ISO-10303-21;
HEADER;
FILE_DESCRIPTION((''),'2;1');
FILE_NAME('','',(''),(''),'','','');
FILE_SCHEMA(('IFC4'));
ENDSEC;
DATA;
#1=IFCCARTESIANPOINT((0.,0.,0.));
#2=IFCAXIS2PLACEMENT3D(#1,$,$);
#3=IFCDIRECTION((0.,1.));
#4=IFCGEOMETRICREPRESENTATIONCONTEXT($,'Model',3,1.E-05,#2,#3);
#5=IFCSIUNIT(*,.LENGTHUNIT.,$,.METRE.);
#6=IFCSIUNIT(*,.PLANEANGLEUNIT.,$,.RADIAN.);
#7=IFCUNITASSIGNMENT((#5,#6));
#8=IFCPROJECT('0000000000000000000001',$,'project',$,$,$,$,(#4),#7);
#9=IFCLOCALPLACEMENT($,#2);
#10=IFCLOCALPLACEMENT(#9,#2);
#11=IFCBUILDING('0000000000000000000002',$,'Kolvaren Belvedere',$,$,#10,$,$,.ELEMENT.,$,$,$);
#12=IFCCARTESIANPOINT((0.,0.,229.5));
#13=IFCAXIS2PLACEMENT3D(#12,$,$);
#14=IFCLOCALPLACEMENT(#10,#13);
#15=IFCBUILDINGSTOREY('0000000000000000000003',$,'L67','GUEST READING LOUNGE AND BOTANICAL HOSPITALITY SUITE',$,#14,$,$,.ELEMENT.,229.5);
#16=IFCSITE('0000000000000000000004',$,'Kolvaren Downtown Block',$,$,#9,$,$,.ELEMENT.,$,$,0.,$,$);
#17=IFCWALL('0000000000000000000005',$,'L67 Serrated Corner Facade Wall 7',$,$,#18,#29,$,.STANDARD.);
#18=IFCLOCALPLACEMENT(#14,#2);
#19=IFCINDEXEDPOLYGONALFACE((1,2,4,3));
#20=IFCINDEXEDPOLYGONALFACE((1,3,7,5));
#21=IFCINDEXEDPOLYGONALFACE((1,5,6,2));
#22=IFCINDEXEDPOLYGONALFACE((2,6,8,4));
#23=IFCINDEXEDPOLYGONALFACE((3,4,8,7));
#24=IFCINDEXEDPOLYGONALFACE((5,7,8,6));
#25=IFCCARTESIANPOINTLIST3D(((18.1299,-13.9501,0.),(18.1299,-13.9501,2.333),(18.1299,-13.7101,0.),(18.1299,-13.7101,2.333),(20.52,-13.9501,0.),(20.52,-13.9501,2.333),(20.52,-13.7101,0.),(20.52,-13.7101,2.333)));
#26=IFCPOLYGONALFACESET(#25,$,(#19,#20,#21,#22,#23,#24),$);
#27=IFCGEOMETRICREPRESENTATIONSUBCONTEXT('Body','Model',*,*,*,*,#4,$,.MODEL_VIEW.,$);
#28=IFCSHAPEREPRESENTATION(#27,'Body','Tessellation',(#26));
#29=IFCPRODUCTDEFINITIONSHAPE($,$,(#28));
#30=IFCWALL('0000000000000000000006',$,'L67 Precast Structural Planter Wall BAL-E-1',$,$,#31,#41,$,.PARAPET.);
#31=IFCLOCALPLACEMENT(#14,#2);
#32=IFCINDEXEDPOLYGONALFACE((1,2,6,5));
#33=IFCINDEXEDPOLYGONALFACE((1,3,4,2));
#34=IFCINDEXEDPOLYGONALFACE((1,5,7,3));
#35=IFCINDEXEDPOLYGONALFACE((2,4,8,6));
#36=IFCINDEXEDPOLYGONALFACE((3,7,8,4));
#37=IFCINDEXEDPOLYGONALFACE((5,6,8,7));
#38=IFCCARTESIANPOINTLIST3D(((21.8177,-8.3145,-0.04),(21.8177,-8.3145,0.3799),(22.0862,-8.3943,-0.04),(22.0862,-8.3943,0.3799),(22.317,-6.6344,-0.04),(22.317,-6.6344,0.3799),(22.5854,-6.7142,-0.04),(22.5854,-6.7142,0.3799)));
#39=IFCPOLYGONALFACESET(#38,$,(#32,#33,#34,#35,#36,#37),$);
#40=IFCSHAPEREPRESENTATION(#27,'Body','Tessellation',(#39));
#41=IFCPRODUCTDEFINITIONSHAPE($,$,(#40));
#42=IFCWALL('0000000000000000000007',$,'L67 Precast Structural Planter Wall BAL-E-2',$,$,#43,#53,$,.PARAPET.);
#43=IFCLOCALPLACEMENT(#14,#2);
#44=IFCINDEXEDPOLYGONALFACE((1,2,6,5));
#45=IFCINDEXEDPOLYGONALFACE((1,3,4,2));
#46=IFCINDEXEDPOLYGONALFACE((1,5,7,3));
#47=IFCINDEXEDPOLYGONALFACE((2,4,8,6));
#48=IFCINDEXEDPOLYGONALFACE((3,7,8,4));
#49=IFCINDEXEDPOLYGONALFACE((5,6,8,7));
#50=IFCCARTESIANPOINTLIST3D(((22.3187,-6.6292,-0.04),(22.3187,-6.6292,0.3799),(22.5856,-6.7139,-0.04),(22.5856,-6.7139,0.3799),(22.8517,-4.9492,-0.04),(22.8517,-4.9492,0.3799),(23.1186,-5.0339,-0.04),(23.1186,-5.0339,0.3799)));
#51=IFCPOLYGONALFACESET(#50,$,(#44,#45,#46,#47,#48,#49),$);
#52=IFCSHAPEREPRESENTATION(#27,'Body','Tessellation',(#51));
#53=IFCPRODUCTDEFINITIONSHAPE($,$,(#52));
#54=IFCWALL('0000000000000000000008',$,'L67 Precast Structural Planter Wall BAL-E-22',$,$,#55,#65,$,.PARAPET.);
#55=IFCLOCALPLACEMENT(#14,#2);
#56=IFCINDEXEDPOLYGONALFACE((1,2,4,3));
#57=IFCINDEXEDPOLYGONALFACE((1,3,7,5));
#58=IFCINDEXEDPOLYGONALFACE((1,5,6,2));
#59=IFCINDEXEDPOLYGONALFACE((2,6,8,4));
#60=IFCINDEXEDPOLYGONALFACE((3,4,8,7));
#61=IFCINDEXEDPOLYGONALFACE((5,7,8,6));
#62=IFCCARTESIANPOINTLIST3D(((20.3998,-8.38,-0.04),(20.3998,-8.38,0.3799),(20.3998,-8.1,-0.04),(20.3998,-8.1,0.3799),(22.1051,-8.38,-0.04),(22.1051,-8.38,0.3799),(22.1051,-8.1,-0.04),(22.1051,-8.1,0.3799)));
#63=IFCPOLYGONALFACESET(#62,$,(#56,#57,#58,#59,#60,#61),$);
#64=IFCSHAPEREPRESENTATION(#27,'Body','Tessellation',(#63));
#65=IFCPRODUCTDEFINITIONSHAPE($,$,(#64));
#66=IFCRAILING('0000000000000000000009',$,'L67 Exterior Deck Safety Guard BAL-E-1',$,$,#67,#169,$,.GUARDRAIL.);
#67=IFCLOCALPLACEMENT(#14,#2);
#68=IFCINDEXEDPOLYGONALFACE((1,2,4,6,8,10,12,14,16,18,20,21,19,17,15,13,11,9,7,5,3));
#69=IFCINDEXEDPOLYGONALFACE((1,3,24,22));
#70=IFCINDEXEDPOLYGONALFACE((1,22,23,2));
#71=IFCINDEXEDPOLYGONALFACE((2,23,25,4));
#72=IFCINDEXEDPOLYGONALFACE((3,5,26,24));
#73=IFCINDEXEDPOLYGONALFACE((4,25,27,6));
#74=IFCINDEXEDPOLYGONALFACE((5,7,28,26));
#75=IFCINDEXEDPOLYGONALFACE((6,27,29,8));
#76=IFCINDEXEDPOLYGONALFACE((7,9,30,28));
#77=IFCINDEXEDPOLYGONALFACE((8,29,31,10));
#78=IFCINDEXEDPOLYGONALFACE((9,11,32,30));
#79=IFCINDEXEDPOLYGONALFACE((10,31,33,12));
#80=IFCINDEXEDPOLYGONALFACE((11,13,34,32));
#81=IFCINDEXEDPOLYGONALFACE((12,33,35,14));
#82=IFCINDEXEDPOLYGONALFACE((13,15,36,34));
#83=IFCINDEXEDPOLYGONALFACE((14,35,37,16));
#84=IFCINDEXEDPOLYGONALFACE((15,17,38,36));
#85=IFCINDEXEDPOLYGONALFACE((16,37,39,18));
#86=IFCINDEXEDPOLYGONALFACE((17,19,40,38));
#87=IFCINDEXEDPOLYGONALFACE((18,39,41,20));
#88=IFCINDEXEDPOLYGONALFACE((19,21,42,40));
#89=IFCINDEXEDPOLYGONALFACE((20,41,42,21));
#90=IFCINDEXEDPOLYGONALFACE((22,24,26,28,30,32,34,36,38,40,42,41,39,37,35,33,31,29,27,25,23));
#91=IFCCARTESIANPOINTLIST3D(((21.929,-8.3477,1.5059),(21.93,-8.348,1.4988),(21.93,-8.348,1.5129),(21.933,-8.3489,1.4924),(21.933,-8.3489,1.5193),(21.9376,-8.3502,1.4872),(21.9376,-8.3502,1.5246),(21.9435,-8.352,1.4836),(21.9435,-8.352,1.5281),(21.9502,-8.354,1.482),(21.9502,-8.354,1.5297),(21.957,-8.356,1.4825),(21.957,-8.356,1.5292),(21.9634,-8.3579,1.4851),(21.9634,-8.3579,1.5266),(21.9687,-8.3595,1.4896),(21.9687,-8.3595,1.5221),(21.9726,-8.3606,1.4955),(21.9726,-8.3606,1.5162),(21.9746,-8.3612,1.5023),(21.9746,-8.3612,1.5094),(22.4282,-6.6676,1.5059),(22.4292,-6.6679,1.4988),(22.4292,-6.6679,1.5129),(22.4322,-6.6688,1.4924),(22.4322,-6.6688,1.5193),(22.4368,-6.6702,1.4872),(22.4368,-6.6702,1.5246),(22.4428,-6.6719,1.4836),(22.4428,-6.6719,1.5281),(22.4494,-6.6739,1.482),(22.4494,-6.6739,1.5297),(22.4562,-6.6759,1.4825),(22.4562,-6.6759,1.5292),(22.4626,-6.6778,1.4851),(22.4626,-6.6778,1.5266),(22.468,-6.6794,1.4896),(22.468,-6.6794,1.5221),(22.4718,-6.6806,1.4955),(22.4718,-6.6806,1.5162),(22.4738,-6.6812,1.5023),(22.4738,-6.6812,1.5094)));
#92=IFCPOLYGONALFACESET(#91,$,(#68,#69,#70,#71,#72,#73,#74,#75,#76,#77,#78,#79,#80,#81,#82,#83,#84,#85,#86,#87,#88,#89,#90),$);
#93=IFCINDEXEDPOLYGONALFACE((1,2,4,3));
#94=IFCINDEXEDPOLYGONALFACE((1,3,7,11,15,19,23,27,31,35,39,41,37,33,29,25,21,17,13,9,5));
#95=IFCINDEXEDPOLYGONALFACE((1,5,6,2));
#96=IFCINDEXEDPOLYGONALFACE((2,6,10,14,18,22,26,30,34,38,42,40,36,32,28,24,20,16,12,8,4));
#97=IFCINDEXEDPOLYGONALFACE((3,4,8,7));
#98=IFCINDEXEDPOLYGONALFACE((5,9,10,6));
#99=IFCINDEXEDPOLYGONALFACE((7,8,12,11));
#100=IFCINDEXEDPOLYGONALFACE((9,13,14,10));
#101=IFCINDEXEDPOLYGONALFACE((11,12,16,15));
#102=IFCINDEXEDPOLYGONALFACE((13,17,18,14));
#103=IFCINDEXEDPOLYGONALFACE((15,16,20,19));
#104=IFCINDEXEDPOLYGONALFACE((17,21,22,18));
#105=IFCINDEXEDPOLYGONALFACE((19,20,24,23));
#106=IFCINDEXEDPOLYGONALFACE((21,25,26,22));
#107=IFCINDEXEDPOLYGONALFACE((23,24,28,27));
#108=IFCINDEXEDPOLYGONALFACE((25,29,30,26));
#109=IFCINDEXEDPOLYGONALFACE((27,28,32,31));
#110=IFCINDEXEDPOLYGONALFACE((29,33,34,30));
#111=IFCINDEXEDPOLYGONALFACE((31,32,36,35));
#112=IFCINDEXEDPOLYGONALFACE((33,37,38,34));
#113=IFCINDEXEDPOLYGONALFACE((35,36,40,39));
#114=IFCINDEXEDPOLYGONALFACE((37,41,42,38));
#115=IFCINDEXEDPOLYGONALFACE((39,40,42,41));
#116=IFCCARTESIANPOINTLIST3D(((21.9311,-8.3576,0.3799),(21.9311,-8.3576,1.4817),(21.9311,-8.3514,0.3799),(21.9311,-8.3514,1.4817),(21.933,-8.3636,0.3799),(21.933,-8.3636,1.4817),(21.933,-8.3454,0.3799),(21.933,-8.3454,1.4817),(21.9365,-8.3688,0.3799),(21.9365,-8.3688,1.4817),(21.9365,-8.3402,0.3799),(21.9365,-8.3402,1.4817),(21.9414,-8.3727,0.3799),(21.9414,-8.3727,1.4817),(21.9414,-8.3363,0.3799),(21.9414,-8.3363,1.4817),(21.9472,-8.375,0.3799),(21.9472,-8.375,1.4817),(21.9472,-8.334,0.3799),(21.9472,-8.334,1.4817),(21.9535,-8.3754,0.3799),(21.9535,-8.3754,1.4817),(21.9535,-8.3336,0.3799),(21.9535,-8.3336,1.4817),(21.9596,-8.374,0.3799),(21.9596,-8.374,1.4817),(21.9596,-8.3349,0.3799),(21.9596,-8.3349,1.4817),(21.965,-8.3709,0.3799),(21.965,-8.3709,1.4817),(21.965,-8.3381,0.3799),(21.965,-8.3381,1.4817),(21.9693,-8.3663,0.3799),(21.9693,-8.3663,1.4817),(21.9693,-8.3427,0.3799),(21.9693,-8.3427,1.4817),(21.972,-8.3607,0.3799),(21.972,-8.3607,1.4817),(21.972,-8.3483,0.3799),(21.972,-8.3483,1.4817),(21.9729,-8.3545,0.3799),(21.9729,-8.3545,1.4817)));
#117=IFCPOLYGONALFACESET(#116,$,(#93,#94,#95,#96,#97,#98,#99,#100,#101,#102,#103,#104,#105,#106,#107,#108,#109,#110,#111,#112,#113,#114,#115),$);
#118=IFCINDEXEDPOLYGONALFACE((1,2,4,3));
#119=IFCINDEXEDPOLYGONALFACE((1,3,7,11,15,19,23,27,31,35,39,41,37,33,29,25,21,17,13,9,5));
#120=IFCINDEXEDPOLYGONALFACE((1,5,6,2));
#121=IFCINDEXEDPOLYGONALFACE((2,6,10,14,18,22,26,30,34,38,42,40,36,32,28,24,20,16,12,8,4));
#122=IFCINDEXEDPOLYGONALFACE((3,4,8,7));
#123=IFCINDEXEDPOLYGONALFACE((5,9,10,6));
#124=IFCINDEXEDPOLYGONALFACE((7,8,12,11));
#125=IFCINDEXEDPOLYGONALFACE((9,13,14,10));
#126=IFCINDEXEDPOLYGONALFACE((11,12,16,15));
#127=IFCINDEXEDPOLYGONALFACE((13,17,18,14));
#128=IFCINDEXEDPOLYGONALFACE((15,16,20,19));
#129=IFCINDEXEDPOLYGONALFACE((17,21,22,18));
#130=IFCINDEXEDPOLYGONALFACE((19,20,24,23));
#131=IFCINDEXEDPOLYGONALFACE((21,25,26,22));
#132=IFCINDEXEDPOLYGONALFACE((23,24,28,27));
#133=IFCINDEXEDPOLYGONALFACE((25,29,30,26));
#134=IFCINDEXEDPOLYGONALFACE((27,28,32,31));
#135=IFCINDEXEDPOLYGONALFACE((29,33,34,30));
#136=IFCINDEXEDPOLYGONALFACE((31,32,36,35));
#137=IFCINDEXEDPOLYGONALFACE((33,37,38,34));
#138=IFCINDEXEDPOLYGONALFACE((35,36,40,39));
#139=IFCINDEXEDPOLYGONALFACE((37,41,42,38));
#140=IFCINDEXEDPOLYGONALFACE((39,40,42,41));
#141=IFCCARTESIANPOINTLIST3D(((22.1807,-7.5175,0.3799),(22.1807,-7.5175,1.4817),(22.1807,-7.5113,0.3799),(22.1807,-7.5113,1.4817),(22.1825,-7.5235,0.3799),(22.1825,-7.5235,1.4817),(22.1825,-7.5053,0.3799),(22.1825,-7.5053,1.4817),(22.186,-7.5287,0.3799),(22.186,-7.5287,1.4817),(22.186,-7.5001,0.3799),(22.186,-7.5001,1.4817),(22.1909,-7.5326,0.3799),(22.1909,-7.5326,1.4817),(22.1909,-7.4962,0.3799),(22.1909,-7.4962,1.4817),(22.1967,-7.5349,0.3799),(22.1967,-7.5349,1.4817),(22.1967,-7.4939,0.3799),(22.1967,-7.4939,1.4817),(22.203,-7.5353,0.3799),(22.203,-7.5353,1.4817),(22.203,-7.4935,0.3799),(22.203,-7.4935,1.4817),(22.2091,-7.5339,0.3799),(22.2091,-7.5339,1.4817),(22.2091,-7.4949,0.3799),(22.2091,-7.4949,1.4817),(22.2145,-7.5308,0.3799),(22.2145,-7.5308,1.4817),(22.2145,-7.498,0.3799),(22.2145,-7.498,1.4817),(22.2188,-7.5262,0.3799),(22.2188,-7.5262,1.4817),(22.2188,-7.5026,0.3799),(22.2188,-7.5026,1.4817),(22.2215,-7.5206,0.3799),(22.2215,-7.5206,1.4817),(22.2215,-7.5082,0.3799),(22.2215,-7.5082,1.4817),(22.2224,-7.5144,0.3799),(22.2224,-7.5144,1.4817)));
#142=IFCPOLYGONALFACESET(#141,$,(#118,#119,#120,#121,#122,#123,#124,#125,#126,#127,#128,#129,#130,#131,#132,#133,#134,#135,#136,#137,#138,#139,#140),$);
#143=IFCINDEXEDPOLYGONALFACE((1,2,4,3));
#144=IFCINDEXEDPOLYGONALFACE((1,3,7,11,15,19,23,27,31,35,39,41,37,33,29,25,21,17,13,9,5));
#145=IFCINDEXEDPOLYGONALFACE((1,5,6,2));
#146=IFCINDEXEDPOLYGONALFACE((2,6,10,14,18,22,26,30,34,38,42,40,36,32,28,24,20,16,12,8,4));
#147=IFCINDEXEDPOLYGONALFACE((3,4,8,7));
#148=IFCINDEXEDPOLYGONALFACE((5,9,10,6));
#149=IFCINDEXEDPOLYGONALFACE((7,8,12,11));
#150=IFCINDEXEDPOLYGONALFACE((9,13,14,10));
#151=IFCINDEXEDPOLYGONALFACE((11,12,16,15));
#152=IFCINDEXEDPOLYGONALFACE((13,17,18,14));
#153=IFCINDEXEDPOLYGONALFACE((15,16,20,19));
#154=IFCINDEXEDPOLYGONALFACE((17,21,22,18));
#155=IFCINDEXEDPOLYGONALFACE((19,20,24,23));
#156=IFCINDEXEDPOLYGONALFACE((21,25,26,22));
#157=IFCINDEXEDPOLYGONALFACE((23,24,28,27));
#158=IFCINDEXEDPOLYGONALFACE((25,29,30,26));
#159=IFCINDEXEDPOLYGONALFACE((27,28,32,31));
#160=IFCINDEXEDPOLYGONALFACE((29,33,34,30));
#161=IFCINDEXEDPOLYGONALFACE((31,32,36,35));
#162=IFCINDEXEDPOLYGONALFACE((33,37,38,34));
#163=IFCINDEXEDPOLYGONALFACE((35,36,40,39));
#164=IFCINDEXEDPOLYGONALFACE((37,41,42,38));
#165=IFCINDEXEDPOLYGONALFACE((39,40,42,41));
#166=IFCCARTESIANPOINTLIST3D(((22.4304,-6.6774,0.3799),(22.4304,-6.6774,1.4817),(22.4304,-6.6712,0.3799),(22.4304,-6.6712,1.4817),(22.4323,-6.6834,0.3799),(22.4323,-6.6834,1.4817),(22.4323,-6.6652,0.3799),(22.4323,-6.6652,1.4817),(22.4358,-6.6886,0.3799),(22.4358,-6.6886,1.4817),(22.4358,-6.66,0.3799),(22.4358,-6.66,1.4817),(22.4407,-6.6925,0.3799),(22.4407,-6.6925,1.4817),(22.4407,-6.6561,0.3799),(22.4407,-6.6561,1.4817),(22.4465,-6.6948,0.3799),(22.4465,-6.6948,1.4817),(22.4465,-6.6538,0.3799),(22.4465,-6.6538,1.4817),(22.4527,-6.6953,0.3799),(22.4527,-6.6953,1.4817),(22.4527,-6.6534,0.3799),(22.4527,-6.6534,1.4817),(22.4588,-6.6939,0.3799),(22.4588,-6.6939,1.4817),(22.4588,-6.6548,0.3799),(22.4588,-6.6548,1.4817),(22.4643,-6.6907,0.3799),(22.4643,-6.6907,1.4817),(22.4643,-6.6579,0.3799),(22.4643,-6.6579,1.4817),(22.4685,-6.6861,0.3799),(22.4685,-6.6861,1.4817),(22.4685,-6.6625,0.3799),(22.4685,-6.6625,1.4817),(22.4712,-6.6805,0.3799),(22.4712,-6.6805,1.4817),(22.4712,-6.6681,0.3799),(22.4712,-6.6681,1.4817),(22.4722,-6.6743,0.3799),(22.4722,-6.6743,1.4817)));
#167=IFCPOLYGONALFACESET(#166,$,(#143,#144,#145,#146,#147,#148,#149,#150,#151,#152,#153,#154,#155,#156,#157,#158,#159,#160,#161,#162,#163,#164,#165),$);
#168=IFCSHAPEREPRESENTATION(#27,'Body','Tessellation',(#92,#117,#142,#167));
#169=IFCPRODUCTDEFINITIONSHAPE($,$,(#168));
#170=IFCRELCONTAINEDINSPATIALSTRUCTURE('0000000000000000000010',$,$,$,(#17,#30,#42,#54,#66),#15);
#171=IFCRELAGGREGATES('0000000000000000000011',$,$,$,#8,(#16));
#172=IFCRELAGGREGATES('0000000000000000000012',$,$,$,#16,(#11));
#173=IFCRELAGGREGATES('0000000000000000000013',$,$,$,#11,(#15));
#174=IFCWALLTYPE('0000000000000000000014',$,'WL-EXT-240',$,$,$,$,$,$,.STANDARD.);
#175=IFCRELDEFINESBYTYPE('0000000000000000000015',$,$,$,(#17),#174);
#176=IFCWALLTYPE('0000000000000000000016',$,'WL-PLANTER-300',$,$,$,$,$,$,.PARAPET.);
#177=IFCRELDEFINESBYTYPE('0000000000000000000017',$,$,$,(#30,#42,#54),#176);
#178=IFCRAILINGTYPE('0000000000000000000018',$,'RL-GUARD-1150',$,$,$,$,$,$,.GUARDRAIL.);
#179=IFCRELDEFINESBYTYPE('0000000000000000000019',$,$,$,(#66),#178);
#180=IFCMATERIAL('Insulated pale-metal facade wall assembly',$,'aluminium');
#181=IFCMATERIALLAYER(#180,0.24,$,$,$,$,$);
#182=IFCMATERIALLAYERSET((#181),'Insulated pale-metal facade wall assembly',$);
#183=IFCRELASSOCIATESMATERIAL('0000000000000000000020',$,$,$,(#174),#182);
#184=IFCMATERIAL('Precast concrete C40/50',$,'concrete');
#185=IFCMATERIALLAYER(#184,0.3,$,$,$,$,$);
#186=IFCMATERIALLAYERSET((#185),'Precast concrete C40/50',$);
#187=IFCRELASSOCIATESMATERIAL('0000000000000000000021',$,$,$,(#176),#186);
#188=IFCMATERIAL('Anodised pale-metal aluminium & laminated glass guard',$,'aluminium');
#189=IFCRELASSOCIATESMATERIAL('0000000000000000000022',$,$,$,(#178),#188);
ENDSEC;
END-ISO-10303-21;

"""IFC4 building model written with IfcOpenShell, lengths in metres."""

from ifc_helpers import new_model, si_unit, direction, frame, frame_2d, origin, origin_2d, place, context, subcontext, project, spatial, rectangle, circle, extrude, material, layer, layer_set, type_object, element, save


model = new_model("IFC4")

# Units and contexts
model_context = context("Model", 3, precision=1e-05, world=origin(), true_north=direction((0.0, 1.0)))
body_context = subcontext(model_context, "Body", "Model", "MODEL_VIEW")
ifc_project = project(units=[si_unit("LENGTHUNIT", "METRE"), si_unit("PLANEANGLEUNIT", "RADIAN")], contexts=[model_context])

# Site, building, storey
site_placement = place(None, origin())
site = spatial("IfcSite", under=ifc_project, at=site_placement, Name="Kolvaren Downtown Block", CompositionType="ELEMENT", RefElevation=0.0)
building_placement = place(site_placement, origin())
building = spatial("IfcBuilding", under=site, at=building_placement, Name="Kolvaren Belvedere", CompositionType="ELEMENT")
storey_placement = place(building_placement, frame((0.0, 0.0, 229.5)))
storey = spatial("IfcBuildingStorey", under=building, at=storey_placement, Name="L67", Description="GUEST READING LOUNGE AND BOTANICAL HOSPITALITY SUITE", CompositionType="ELEMENT", Elevation=229.5)

# Shared definitions
ifc_material_1 = material(Name="Insulated pale-metal facade wall assembly", Category="aluminium")
ifc_layer_1 = layer(ifc_material_1, 0.24)
ifc_layer_set_1 = layer_set([ifc_layer_1], Name="Insulated pale-metal facade wall assembly")
wall_type_1 = type_object("IfcWallType", Name="WL-EXT-240", PredefinedType="STANDARD", material=ifc_layer_set_1)

# Walls
wall_1_placement = place(storey_placement, frame((20.52, -13.8301, 0.0), z_axis=(0.0, 0.0, 1.0), x_axis=(-1.0, 0.0, 0.0)))
element("IfcWall", 1, at=wall_1_placement, inside=storey, type_object=wall_type_1, Name="L67 Serrated Corner Facade Wall 7", PredefinedType="STANDARD", context=body_context, shape_type="SweptSolid", body=[
    extrude(rectangle(XDim=2.3901, YDim=0.24, at=frame_2d((1.1951, 0.0))), origin(), (0.0, 0.0, 1.0), 2.333),
])
ifc_material_2 = material(Name="Precast concrete C40/50", Category="concrete")
ifc_layer_2 = layer(ifc_material_2, 0.3)
ifc_layer_set_2 = layer_set([ifc_layer_2], Name="Precast concrete C40/50")
wall_type_2 = type_object("IfcWallType", Name="WL-PLANTER-300", PredefinedType="PARAPET", material=ifc_layer_set_2)
wall_2_placement = place(storey_placement, frame((21.9519, -8.3545, -0.04), z_axis=(0.0, 0.0, 1.0), x_axis=(0.284842, 0.958574, 0.0)))
element("IfcWall", 2, at=wall_2_placement, inside=storey, type_object=wall_type_2, Name="L67 Precast Structural Planter Wall BAL-E-1", PredefinedType="PARAPET", context=body_context, shape_type="SweptSolid", body=[
    extrude(rectangle(XDim=1.7527, YDim=0.28, at=frame_2d((0.8765, 0.0))), origin(), (0.0, 0.0, 1.0), 0.4199),
])
wall_3_placement = place(storey_placement, frame((22.4521, -6.6716, -0.04), z_axis=(0.0, 0.0, 1.0), x_axis=(0.302397, 0.953182, 0.0)))
element("IfcWall", 3, at=wall_3_placement, inside=storey, type_object=wall_type_2, Name="L67 Precast Structural Planter Wall BAL-E-2", PredefinedType="PARAPET", context=body_context, shape_type="SweptSolid", body=[
    extrude(rectangle(XDim=1.7625, YDim=0.28, at=frame_2d((0.8813, 0.0))), origin(), (0.0, 0.0, 1.0), 0.4199),
])
wall_4_placement = place(storey_placement, frame((20.3999, -8.24, -0.04), z_axis=(0.0, 0.0, 1.0), x_axis=(1.0, 0.0, 0.0)))
element("IfcWall", 4, at=wall_4_placement, inside=storey, type_object=wall_type_2, Name="L67 Precast Structural Planter Wall BAL-E-22", PredefinedType="PARAPET", context=body_context, shape_type="SweptSolid", body=[
    extrude(rectangle(XDim=1.7053, YDim=0.28, at=frame_2d((0.8525, 0.0))), origin(), (0.0, 0.0, 1.0), 0.4199),
])

# Railing
ifc_material_3 = material(Name="Anodised pale-metal aluminium & laminated glass guard", Category="aluminium")
railing_type = type_object("IfcRailingType", Name="RL-GUARD-1150", PredefinedType="GUARDRAIL", material=ifc_material_3)
railing_1_placement = place(storey_placement, frame((21.9519, -8.3545, 0.3799)))
element("IfcRailing", 5, at=railing_1_placement, inside=storey, type_object=railing_type, Name="L67 Exterior Deck Safety Guard BAL-E-1", PredefinedType="GUARDRAIL", context=body_context, shape_type="SweptSolid", body=[
    extrude(circle(Radius=0.0239, at=origin_2d()), frame((0.0, 0.0, 1.126), z_axis=(0.284842, 0.958574, 0.0), x_axis=(-0.958574, 0.284842, 0.0)), (0.0, 0.0, 1.0), 1.7527),
    extrude(circle(Radius=0.021, at=origin_2d()), origin(), (0.0, 0.0, 1.0), 1.1018),
    extrude(circle(Radius=0.021, at=origin_2d()), frame((0.2495, 0.8401, 0.0)), (0.0, 0.0, 1.0), 1.1018),
    extrude(circle(Radius=0.021, at=origin_2d()), frame((0.4993, 1.6802, 0.0)), (0.0, 0.0, 1.0), 1.1018),
])

save(model, "model.ifc")
